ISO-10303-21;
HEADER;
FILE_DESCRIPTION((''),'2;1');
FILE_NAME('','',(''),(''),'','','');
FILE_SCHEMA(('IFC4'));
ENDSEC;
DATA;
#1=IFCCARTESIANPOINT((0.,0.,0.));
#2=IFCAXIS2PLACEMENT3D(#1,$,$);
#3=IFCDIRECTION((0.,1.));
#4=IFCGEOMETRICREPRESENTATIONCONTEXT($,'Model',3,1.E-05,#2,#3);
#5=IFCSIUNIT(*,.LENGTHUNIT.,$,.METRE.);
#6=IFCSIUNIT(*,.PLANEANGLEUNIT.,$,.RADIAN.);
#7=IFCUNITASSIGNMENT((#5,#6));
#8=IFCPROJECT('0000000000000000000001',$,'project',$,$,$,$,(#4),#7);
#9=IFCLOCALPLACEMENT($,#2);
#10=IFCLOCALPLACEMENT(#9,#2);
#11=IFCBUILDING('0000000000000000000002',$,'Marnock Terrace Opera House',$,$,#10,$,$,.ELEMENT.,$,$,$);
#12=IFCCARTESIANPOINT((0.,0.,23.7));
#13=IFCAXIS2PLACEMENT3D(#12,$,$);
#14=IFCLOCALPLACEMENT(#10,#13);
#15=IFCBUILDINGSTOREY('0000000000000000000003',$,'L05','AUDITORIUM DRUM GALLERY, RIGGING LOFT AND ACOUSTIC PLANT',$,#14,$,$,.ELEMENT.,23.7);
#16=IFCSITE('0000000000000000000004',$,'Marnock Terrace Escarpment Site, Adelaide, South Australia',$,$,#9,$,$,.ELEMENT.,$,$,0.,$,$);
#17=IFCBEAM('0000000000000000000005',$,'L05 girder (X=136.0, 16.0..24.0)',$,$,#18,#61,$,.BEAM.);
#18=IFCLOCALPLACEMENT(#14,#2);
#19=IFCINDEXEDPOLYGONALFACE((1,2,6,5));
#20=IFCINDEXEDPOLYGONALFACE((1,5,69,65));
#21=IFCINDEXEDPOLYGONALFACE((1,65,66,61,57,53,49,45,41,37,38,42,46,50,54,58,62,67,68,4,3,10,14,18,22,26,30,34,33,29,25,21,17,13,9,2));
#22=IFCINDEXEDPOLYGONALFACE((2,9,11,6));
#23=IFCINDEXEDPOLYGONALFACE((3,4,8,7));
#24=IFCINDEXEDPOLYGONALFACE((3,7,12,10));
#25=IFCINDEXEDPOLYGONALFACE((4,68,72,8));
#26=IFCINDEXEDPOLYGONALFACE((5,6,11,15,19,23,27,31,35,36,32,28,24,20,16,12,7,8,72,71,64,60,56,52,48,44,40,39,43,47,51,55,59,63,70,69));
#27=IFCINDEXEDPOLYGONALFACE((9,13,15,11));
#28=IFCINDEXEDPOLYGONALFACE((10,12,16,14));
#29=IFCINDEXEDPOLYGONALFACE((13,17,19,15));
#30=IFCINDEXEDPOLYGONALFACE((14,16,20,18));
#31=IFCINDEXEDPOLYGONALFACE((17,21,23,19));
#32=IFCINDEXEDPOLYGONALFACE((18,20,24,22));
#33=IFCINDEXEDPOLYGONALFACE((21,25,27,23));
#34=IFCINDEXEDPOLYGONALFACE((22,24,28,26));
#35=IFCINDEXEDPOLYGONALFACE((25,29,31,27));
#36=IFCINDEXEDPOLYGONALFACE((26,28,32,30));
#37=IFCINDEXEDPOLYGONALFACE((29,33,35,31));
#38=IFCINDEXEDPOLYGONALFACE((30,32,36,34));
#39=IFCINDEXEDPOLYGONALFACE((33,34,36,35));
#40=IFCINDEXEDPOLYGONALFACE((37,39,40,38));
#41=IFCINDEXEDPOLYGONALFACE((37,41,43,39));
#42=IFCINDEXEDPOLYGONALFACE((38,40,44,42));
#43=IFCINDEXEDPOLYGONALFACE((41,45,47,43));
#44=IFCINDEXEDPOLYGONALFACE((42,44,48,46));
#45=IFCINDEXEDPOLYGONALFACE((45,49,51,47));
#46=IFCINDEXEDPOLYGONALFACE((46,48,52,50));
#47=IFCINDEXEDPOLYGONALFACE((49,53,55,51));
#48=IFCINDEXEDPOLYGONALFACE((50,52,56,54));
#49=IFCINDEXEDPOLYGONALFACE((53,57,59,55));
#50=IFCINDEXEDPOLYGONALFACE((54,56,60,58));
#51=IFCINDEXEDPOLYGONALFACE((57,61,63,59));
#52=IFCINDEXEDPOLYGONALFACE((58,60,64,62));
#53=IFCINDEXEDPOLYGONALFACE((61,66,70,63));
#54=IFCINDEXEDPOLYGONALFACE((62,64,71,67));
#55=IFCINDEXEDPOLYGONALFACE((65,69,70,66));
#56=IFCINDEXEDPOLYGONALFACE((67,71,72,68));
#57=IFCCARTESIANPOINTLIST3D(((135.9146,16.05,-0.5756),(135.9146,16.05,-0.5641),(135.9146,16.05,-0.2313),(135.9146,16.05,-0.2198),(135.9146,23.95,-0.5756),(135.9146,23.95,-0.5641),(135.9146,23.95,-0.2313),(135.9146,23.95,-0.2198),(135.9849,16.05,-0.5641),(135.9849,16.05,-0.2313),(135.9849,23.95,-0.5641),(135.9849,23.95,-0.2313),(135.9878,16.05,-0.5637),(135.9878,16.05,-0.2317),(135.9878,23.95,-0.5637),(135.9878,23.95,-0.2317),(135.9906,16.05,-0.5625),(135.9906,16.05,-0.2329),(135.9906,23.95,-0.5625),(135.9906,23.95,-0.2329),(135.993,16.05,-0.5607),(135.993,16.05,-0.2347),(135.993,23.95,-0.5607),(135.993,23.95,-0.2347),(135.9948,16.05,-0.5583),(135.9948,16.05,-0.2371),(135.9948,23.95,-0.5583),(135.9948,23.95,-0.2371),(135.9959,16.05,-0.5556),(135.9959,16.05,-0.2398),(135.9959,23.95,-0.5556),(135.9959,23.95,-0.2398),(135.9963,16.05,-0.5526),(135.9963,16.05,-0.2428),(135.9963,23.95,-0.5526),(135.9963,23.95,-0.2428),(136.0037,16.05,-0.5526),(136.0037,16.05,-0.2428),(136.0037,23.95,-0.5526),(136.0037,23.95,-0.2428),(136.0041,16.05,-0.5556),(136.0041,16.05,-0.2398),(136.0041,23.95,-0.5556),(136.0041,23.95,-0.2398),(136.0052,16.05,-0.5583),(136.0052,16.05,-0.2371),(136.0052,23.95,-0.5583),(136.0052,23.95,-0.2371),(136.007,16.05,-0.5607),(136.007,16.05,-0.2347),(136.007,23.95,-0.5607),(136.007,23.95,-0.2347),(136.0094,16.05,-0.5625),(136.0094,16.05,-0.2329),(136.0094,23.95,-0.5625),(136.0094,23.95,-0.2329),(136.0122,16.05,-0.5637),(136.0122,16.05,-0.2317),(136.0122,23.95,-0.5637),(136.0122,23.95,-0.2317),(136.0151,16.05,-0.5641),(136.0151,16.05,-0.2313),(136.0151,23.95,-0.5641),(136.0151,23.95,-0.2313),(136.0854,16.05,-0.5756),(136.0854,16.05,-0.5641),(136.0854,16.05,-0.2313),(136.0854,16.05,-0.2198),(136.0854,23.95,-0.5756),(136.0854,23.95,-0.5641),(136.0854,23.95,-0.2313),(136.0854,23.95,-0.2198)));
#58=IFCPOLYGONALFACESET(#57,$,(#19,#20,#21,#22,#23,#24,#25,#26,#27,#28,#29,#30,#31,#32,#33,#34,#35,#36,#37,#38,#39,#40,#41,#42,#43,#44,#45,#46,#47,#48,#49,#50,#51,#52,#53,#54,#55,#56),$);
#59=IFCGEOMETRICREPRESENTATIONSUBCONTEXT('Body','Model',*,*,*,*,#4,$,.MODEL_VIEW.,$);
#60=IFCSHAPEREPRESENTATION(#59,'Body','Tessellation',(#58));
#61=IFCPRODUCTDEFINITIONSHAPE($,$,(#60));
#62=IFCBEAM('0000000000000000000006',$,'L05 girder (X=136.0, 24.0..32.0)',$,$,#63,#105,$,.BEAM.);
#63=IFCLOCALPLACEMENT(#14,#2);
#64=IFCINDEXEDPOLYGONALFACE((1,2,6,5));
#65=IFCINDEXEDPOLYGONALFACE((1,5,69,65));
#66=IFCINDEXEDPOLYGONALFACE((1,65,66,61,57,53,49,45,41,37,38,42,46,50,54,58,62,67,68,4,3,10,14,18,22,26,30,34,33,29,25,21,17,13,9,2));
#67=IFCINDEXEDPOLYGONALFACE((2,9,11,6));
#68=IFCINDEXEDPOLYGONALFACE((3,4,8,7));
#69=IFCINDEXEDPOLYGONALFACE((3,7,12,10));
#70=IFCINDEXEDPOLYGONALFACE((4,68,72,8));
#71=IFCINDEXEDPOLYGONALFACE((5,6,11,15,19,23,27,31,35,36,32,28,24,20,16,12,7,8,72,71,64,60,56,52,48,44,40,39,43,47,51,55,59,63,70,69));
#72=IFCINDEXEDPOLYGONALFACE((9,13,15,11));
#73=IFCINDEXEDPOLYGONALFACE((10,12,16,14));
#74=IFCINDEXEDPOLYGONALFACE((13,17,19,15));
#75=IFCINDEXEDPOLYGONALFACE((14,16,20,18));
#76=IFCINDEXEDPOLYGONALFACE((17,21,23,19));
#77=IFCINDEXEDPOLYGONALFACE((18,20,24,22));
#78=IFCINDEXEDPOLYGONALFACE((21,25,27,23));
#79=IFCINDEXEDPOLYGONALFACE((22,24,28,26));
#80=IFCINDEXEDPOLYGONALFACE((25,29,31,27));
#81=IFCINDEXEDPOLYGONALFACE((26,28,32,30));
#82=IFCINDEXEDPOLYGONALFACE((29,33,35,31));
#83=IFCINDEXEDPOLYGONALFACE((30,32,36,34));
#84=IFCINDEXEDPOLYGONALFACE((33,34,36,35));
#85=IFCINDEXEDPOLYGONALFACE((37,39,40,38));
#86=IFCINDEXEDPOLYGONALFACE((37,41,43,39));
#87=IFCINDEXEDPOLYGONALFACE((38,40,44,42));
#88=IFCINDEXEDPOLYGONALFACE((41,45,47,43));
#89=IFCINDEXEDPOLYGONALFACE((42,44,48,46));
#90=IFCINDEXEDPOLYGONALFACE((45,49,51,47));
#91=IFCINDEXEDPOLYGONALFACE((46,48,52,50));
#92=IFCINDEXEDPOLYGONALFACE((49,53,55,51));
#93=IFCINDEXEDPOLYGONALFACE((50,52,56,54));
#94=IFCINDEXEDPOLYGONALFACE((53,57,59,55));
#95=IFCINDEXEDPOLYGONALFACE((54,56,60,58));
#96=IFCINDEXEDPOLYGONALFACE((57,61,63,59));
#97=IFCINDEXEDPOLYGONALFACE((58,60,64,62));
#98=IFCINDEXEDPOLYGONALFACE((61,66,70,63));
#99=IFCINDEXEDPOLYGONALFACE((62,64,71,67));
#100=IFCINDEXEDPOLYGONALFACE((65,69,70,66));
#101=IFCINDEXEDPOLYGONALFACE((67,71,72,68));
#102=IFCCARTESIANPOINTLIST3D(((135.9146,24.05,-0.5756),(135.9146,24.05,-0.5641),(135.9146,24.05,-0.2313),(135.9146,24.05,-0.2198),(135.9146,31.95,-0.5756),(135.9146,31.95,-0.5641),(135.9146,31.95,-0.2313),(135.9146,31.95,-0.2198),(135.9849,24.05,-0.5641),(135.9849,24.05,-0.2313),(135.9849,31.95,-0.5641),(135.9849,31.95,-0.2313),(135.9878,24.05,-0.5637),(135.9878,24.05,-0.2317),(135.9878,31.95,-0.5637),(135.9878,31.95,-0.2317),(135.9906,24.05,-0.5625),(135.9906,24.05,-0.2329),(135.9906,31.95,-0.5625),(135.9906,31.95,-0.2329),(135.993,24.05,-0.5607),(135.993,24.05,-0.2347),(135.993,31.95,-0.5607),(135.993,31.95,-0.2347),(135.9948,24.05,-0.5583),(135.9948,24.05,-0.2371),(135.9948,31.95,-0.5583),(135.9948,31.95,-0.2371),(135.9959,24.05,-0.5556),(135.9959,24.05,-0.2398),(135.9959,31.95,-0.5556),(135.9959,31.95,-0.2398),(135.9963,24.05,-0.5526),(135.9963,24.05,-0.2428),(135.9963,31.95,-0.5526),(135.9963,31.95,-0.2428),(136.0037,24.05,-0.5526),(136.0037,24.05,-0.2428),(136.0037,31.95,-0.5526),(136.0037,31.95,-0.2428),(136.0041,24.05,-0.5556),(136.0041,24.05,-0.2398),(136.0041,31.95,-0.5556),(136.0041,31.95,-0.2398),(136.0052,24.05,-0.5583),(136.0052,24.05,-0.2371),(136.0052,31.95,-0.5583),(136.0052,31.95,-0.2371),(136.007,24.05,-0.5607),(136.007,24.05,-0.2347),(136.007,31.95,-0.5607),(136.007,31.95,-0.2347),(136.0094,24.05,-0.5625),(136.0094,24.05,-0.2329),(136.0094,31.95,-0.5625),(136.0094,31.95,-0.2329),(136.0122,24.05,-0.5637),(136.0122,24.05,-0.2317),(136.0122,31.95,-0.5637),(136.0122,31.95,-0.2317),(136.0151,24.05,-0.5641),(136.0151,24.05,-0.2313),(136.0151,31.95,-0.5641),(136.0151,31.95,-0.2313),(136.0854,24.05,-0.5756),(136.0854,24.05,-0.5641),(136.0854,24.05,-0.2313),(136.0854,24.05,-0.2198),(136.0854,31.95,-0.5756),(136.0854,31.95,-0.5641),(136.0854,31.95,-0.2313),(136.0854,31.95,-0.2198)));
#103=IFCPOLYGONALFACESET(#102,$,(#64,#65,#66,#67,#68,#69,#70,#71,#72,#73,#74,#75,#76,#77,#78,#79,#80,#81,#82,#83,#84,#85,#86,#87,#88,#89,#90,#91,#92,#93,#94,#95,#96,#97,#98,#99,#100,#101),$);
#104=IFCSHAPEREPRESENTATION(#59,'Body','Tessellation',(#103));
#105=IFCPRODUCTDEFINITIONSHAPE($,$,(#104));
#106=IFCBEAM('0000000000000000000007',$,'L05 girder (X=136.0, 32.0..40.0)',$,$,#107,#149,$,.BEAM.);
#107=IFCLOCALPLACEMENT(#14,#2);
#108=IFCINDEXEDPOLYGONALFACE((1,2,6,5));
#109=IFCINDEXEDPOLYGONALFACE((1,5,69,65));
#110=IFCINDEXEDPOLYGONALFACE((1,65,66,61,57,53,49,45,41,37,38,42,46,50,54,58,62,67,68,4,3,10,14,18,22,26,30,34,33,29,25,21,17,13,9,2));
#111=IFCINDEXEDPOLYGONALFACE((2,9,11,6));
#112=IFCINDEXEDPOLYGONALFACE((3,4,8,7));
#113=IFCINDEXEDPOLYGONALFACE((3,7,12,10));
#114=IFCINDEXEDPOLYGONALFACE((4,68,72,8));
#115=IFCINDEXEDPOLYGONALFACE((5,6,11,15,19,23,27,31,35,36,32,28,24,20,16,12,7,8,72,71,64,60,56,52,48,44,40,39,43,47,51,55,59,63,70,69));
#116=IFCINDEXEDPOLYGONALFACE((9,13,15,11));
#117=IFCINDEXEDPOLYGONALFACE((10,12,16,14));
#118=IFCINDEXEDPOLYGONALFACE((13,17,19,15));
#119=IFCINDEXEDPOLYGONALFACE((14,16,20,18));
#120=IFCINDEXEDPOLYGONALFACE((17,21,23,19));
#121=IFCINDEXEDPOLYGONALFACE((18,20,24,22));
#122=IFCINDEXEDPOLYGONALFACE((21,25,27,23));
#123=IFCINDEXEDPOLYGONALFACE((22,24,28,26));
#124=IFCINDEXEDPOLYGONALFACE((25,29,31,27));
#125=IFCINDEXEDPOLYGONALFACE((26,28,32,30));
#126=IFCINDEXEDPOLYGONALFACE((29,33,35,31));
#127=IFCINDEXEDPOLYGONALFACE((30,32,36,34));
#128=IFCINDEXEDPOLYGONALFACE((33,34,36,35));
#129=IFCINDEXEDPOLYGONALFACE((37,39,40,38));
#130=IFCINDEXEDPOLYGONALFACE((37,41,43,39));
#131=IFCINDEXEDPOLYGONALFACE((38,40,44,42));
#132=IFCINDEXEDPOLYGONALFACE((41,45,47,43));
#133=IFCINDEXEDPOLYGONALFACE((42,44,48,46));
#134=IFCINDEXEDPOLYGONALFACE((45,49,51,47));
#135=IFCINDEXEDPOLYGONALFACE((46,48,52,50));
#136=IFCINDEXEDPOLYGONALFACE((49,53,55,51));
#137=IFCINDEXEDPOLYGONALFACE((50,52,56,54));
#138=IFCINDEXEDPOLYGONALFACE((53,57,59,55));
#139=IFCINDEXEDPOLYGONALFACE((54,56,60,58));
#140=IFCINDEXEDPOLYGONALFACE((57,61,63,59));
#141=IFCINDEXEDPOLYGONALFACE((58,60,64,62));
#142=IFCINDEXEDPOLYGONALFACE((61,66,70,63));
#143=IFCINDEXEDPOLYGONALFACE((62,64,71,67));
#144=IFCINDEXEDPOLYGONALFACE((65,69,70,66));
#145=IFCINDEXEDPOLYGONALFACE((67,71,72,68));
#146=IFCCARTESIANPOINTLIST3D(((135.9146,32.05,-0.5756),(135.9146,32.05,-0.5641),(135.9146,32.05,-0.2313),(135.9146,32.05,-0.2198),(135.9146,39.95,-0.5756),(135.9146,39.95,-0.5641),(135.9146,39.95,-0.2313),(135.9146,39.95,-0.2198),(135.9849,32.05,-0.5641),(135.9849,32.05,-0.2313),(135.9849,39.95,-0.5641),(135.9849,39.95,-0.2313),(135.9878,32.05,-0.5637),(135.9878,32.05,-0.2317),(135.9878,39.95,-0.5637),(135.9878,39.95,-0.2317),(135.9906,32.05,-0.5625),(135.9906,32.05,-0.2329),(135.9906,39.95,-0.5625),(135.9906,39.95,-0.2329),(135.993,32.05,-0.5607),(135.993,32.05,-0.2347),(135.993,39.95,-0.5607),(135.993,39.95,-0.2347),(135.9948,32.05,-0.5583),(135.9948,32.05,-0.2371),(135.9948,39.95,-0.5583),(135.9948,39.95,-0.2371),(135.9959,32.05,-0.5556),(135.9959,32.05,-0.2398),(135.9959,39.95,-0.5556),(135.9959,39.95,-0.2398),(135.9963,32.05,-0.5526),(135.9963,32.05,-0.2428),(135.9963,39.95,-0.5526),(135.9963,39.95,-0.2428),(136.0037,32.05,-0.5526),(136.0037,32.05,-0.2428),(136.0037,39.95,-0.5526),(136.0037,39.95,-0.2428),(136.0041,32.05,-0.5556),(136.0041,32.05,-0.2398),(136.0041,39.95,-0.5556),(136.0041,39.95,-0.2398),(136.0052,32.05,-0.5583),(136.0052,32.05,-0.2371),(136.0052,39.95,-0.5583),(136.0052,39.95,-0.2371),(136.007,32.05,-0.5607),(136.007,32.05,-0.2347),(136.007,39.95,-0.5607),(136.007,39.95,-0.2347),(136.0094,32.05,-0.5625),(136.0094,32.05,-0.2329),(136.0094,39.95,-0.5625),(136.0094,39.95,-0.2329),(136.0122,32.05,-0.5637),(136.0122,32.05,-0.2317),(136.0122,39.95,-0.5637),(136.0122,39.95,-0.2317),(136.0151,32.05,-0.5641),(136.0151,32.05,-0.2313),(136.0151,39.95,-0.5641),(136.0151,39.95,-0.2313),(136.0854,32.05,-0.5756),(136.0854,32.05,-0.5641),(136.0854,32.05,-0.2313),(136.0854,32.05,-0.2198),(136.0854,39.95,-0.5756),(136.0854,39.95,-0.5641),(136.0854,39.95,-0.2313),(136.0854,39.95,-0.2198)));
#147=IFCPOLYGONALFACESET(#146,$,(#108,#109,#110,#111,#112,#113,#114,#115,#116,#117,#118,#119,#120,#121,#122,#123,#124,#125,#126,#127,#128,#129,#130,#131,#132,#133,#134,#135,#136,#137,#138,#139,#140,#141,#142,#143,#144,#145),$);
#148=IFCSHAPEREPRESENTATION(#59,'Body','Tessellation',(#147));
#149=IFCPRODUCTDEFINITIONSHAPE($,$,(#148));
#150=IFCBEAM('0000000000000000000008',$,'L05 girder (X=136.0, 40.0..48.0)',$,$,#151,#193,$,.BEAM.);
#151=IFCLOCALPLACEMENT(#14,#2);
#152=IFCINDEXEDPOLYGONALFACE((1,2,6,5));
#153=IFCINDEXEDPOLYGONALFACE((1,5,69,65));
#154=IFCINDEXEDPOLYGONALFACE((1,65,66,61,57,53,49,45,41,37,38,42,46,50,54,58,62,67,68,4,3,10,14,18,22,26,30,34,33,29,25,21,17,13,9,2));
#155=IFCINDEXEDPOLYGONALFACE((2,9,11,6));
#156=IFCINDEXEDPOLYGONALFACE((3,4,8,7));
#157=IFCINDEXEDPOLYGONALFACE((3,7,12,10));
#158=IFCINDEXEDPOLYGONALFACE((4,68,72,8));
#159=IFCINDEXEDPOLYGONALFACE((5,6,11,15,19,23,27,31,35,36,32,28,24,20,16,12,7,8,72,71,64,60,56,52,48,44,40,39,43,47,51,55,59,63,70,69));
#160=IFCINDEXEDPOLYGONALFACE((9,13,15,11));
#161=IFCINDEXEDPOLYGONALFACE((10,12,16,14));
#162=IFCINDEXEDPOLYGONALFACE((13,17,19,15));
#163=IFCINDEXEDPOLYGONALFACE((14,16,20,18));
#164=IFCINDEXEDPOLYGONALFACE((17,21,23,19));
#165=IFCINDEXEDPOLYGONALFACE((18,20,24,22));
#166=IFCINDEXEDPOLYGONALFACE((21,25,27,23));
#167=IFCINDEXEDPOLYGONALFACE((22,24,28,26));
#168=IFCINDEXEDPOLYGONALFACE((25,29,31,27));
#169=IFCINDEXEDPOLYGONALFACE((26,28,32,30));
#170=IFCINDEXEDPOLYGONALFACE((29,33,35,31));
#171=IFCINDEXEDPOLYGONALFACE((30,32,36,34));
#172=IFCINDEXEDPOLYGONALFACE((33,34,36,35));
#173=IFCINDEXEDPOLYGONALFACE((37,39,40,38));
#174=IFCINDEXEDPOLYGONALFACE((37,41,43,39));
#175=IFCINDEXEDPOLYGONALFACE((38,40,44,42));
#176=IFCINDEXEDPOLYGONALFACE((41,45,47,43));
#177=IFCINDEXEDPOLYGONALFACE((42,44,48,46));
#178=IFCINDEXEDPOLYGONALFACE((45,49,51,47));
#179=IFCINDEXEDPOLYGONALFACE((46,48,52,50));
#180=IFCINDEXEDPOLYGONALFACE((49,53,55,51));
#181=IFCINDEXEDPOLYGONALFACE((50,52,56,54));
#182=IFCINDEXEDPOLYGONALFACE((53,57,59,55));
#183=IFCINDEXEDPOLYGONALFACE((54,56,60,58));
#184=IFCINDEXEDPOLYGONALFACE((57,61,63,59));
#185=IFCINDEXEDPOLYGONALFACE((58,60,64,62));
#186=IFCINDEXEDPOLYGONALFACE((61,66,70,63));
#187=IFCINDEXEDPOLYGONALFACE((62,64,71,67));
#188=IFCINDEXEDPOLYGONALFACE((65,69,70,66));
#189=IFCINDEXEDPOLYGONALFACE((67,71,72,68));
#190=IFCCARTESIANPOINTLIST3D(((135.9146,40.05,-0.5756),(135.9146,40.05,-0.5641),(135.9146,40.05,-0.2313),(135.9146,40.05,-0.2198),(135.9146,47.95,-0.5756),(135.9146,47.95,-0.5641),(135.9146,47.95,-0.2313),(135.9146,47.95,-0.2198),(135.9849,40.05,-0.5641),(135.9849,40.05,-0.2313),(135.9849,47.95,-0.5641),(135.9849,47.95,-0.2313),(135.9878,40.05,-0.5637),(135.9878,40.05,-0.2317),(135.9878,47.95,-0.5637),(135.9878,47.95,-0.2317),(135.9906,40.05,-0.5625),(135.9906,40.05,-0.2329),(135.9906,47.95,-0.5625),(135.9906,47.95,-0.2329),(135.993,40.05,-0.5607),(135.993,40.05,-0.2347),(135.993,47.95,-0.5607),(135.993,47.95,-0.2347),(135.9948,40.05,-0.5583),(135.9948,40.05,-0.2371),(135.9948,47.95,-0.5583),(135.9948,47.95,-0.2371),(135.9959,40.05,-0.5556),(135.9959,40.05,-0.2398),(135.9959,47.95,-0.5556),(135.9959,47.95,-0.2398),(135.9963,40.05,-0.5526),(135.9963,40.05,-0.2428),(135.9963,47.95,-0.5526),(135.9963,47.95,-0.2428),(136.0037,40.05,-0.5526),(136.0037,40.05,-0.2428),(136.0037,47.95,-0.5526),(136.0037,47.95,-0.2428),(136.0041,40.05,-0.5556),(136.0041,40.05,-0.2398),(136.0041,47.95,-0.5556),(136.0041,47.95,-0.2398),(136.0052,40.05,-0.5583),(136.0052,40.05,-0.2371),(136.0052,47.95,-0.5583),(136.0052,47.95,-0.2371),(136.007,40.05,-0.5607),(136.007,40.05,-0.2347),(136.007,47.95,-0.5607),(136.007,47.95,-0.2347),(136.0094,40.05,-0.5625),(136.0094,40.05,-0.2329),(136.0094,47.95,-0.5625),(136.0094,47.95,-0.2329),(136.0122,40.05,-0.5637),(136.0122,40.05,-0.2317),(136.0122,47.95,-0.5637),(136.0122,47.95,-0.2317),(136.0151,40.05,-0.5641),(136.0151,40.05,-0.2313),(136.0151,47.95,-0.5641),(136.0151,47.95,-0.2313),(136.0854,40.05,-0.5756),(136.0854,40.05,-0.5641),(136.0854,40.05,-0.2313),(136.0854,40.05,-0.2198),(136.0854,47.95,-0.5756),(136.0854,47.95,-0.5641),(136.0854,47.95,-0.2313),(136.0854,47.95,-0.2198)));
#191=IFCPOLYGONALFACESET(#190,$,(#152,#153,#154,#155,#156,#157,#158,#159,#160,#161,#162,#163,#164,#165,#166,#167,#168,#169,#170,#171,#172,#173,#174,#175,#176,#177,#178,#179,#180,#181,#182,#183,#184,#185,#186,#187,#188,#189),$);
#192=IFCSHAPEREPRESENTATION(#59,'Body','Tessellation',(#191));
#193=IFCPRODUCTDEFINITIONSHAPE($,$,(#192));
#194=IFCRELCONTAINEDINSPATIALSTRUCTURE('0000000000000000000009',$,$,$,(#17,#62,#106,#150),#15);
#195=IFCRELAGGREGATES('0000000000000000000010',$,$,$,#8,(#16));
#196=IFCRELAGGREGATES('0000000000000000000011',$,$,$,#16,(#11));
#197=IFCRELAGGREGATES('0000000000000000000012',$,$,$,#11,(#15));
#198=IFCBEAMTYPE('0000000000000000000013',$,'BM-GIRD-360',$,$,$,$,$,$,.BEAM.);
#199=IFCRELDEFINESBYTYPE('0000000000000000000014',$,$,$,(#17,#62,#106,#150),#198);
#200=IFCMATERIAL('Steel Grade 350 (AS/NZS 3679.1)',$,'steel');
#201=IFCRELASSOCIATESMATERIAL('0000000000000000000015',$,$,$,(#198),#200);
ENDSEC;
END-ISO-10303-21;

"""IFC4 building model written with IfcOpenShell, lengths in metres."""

from ifc_helpers import new_model, si_unit, direction, frame, origin, origin_2d, place, context, subcontext, project, spatial, i_section, extrude, material, material_profile, profile_set, type_object, element, save


model = new_model("IFC4")

# Units and contexts
model_context = context("Model", 3, precision=1e-05, world=origin(), true_north=direction((0.0, 1.0)))
body_context = subcontext(model_context, "Body", "Model", "MODEL_VIEW")
ifc_project = project(units=[si_unit("LENGTHUNIT", "METRE"), si_unit("PLANEANGLEUNIT", "RADIAN")], contexts=[model_context])

# Site, building, storey
site_placement = place(None, origin())
site = spatial("IfcSite", under=ifc_project, at=site_placement, Name="Marnock Terrace Escarpment Site, Adelaide, South Australia", CompositionType="ELEMENT", RefElevation=0.0)
building_placement = place(site_placement, origin())
building = spatial("IfcBuilding", under=site, at=building_placement, Name="Marnock Terrace Opera House", CompositionType="ELEMENT")
storey_placement = place(building_placement, frame((0.0, 0.0, 23.7)))
storey = spatial("IfcBuildingStorey", under=building, at=storey_placement, Name="L05", Description="AUDITORIUM DRUM GALLERY, RIGGING LOFT AND ACOUSTIC PLANT", CompositionType="ELEMENT", Elevation=23.7)

# Beams
ifc_material_1 = material(Name="Steel Grade 350 (AS/NZS 3679.1)", Category="steel")
ifc_material_profile_1 = material_profile(ifc_material_1, i_section(OverallWidth=0.1709, OverallDepth=0.3557, WebThickness=0.0073, FlangeThickness=0.0115, FilletRadius=0.0115, at=origin_2d()))
ifc_profile_set_1 = profile_set([ifc_material_profile_1], Name="Steel Grade 350 (AS/NZS 3679.1)")
beam_type_1 = type_object("IfcBeamType", Name="BM-GIRD-360", PredefinedType="BEAM", material=ifc_profile_set_1)
for number, where, z_axis, x_axis, name in (
    (1, (136.0, 16.05, -0.3977), (0.0, 1.0, 0.0), (-1.0, 0.0, 0.0), "L05 girder (X=136.0, 16.0..24.0)"),
    (2, (136.0, 24.05, -0.3977), (0.0, 1.0, 0.0), (-1.0, 0.0, 0.0), "L05 girder (X=136.0, 24.0..32.0)"),
    (3, (136.0, 32.05, -0.3977), (0.0, 1.0, 0.0), (-1.0, 0.0, 0.0), "L05 girder (X=136.0, 32.0..40.0)"),
    (4, (136.0, 40.05, -0.3977), (0.0, 1.0, 0.0), (-1.0, 0.0, 0.0), "L05 girder (X=136.0, 40.0..48.0)"),
):
    element("IfcBeam", number, at=place(storey_placement, frame(where, z_axis=z_axis, x_axis=x_axis)), inside=storey, type_object=beam_type_1, Name=name, PredefinedType="BEAM", context=body_context, shape_type="SweptSolid", body=[
        extrude(i_section(OverallWidth=0.1709, OverallDepth=0.3557, WebThickness=0.0073, FlangeThickness=0.0115, FilletRadius=0.0115, at=origin_2d()), origin(), (0.0, 0.0, 1.0), 7.8999),
    ])

save(model, "model.ifc")
